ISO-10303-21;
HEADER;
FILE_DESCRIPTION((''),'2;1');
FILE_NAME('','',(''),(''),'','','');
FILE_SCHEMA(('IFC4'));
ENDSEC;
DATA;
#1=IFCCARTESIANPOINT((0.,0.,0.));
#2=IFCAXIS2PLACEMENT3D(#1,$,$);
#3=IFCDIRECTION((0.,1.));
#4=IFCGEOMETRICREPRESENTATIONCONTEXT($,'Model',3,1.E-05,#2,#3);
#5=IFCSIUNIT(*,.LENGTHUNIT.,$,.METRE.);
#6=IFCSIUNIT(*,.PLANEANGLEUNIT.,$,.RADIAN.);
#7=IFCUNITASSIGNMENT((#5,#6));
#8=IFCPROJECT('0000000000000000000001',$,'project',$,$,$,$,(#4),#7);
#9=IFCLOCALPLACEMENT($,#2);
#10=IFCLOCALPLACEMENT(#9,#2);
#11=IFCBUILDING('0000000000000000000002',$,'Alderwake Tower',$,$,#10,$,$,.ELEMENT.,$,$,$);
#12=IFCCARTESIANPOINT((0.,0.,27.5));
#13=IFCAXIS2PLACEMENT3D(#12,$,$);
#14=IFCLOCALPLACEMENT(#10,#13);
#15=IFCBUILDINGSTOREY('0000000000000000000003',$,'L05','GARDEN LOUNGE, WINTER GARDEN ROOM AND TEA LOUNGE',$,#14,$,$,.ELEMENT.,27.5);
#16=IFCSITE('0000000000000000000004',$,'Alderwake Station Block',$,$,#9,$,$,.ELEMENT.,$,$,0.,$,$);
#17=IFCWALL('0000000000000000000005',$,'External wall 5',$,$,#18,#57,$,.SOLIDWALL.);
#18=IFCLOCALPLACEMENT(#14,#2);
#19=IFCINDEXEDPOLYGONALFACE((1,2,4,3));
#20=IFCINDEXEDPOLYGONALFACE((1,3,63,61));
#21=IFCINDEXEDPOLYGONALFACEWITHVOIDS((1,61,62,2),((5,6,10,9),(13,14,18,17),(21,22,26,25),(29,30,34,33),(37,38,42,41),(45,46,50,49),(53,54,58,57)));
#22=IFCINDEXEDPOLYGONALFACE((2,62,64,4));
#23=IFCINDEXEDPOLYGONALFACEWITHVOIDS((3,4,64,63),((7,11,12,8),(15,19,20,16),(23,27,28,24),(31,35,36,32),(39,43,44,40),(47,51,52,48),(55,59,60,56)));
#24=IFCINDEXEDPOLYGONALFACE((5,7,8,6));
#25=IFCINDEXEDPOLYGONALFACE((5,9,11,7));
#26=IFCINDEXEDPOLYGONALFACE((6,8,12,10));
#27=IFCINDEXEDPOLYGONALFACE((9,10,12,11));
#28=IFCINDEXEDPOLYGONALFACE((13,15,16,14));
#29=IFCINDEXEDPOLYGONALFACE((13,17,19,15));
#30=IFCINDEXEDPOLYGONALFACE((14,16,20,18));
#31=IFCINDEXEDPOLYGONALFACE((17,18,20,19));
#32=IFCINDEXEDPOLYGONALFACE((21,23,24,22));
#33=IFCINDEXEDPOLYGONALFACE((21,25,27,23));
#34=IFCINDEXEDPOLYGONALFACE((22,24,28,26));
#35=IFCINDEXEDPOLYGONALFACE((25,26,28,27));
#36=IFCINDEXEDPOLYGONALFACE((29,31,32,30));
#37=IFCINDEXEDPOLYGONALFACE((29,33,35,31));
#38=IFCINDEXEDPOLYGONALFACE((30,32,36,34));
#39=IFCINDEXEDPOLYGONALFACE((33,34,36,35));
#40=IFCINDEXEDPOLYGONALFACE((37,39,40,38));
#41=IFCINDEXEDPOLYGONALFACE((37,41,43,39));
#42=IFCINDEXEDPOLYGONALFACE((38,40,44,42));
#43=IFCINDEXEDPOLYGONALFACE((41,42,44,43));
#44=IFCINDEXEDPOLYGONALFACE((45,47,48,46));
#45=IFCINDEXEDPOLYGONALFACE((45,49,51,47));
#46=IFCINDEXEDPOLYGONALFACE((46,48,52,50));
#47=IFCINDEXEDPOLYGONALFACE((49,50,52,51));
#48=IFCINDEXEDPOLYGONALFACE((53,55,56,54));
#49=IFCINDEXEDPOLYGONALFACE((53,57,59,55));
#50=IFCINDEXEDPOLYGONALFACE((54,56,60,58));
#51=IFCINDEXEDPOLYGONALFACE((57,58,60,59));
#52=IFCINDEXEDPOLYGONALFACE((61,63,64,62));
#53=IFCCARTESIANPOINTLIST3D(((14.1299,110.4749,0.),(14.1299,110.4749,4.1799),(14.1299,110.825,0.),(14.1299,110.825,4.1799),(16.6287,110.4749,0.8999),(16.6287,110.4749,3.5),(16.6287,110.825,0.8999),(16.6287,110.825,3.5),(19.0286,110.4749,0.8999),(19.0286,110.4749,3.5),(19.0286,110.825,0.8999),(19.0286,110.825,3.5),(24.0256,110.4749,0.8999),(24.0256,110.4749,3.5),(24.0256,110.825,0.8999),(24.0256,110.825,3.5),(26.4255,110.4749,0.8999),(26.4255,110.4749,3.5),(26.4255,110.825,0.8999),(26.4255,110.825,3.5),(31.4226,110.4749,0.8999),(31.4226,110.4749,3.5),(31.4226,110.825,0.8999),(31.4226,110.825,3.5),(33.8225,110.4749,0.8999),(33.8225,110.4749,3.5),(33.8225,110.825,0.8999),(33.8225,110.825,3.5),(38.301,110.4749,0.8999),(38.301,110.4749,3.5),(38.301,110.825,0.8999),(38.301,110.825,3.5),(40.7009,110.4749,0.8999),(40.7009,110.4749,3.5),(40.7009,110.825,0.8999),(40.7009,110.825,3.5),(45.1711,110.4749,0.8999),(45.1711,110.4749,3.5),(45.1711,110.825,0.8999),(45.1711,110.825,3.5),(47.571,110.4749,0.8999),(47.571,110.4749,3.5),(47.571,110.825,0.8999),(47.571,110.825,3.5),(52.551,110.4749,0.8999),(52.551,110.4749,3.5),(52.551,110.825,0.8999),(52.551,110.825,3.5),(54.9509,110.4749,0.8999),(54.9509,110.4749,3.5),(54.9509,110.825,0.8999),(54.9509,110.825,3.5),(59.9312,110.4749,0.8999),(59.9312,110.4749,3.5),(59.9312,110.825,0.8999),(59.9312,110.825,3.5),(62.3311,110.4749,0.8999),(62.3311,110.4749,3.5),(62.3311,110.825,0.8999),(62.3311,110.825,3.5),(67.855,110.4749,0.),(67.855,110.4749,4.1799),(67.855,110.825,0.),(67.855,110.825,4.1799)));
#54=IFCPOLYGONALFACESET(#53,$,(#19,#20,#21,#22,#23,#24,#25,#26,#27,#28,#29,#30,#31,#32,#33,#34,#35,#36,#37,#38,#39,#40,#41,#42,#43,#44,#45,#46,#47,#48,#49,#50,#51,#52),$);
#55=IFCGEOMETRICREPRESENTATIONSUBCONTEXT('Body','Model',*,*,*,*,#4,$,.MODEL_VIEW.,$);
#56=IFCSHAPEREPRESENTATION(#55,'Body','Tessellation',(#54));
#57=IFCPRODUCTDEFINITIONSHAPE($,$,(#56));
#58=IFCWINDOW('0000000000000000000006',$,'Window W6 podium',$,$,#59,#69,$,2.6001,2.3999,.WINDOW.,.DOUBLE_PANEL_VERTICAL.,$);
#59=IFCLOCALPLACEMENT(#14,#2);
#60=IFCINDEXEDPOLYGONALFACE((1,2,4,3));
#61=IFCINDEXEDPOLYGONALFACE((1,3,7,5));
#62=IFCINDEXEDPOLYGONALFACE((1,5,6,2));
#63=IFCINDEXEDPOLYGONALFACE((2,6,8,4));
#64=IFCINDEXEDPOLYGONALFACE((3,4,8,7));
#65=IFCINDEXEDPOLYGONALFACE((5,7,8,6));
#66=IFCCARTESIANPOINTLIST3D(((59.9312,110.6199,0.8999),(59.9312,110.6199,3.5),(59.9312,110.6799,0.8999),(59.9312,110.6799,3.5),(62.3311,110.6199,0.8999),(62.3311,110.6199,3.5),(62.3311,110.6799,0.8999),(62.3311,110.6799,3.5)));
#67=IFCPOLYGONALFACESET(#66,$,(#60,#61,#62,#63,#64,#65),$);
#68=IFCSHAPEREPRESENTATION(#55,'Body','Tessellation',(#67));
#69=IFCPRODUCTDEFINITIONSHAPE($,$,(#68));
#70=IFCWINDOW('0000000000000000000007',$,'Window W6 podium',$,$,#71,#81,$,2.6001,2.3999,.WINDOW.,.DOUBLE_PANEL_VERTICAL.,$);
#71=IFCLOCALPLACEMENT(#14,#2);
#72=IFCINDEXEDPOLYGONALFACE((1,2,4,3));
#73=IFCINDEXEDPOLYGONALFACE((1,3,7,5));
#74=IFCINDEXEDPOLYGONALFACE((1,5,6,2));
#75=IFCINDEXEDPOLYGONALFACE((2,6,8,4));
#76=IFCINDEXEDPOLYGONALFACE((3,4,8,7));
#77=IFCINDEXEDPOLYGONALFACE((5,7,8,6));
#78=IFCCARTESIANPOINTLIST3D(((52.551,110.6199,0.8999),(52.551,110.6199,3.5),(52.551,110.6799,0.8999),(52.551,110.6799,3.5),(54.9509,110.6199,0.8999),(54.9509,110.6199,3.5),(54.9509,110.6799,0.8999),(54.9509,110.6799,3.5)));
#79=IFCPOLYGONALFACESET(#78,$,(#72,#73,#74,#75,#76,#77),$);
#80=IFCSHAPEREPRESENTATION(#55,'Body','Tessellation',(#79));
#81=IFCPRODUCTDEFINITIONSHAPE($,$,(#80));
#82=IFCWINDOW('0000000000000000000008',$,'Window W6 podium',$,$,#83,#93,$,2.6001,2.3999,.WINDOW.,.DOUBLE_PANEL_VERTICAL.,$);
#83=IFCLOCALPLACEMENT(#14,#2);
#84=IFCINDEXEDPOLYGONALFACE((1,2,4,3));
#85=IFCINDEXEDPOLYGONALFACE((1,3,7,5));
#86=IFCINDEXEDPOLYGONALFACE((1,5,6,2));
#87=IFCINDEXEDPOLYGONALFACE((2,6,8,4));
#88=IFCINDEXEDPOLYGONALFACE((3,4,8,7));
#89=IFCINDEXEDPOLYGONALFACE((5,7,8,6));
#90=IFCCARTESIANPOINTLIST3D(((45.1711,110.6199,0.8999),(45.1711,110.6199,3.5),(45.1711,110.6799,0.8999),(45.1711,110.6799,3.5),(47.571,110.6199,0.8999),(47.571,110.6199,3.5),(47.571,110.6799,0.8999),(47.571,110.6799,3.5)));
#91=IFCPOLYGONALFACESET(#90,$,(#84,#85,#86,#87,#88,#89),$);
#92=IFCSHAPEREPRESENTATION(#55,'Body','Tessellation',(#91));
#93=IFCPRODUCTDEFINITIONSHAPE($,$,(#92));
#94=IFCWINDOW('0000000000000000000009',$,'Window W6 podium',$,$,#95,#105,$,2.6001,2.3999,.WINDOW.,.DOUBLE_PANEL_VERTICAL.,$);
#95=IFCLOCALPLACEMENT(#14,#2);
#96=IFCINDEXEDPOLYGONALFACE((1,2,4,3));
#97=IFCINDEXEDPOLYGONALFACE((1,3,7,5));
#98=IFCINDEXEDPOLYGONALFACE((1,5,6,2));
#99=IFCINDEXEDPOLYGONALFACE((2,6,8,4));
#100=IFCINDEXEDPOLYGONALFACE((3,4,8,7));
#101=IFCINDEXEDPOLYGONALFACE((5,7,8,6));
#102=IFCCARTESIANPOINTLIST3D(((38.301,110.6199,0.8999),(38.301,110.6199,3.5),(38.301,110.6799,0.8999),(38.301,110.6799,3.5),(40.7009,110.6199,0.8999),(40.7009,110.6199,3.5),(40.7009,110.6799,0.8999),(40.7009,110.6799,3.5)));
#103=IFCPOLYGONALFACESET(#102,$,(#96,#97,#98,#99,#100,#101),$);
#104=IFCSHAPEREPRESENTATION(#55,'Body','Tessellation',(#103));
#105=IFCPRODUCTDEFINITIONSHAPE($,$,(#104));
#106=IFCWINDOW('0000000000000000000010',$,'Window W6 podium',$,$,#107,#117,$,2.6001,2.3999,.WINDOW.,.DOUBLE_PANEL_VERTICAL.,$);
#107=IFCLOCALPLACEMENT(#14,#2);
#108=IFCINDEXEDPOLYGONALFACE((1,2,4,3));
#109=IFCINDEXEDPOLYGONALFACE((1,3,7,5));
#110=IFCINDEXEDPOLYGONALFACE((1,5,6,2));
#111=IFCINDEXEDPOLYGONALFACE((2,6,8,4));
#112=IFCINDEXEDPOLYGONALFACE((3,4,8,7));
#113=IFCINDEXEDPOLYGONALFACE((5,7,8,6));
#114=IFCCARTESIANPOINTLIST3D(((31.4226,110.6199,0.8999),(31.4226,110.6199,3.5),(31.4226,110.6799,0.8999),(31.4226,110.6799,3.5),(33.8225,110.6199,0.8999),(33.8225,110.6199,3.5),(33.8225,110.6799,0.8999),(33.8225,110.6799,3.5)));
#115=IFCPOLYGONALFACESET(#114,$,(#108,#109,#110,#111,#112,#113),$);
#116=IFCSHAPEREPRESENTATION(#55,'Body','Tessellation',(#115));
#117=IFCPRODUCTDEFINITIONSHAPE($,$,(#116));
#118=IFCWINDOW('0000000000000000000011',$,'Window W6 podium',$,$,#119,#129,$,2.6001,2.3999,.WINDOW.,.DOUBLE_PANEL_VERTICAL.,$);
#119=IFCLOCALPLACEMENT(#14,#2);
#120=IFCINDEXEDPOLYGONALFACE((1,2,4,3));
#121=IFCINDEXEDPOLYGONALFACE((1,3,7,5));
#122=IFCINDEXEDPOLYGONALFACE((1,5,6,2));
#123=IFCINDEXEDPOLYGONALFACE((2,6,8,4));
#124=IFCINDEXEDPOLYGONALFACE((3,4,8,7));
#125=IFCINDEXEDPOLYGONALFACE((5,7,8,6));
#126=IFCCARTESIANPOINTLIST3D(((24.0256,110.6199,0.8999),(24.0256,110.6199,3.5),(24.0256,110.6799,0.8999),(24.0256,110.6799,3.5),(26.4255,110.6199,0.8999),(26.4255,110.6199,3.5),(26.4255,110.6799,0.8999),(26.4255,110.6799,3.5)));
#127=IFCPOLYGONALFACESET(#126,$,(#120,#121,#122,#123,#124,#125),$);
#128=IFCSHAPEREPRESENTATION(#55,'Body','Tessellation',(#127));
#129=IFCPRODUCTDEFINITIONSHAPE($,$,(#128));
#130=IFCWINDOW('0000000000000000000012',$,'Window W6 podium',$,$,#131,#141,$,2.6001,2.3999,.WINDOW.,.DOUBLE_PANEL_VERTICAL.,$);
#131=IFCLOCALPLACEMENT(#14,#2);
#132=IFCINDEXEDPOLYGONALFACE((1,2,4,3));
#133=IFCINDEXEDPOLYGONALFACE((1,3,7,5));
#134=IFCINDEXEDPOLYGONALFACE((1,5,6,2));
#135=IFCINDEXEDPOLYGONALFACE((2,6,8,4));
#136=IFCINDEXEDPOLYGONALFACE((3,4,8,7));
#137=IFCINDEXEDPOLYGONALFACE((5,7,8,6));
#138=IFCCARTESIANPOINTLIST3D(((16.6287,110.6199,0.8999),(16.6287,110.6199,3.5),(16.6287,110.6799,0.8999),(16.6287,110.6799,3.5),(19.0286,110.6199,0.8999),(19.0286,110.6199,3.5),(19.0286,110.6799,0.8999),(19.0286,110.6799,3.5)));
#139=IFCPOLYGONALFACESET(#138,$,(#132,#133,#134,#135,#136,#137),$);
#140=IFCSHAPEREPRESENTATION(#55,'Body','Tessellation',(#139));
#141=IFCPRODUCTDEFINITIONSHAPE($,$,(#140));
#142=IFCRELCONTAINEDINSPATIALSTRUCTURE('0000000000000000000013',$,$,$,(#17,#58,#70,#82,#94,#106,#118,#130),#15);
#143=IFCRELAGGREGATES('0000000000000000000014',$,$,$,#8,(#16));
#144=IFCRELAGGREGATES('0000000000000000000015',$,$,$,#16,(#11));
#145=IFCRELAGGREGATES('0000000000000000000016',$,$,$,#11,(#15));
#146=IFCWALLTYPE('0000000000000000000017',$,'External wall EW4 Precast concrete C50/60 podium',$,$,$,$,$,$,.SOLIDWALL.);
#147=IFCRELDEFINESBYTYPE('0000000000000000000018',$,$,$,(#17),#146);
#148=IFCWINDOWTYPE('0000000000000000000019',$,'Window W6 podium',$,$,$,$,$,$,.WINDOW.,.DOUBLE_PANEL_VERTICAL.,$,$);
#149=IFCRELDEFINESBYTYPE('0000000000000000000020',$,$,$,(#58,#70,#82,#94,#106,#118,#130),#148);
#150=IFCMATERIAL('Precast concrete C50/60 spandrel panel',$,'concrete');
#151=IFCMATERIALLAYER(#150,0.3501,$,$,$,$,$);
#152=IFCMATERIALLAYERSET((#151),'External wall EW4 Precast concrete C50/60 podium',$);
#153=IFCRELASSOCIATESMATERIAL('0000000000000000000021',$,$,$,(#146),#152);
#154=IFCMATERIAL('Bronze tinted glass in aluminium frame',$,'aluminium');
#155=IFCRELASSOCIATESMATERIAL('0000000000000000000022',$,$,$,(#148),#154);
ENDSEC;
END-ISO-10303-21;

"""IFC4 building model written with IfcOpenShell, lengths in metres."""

from ifc_helpers import new_model, si_unit, direction, frame, frame_2d, origin, place, context, subcontext, project, spatial, rectangle, extrude, material, layer, layer_set, type_object, element, fill, save


model = new_model("IFC4")

# Units and contexts
model_context = context("Model", 3, precision=1e-05, world=origin(), true_north=direction((0.0, 1.0)))
body_context = subcontext(model_context, "Body", "Model", "MODEL_VIEW")
ifc_project = project(units=[si_unit("LENGTHUNIT", "METRE"), si_unit("PLANEANGLEUNIT", "RADIAN")], contexts=[model_context])

# Site, building, storey
site_placement = place(None, origin())
site = spatial("IfcSite", under=ifc_project, at=site_placement, Name="Alderwake Station Block", CompositionType="ELEMENT", RefElevation=0.0)
building_placement = place(site_placement, origin())
building = spatial("IfcBuilding", under=site, at=building_placement, Name="Alderwake Tower", CompositionType="ELEMENT")
storey_placement = place(building_placement, frame((0.0, 0.0, 27.5)))
storey = spatial("IfcBuildingStorey", under=building, at=storey_placement, Name="L05", Description="GARDEN LOUNGE, WINTER GARDEN ROOM AND TEA LOUNGE", CompositionType="ELEMENT", Elevation=27.5)

# Shared definitions
ifc_material_1 = material(Name="Precast concrete C50/60 spandrel panel", Category="concrete")
ifc_layer_1 = layer(ifc_material_1, 0.3501)
ifc_layer_set_1 = layer_set([ifc_layer_1], Name="External wall EW4 Precast concrete C50/60 podium")
wall_type_1 = type_object("IfcWallType", Name="External wall EW4 Precast concrete C50/60 podium", PredefinedType="SOLIDWALL", material=ifc_layer_set_1)
ifc_material_2 = material(Name="Bronze tinted glass in aluminium frame", Category="aluminium")
window_type = type_object("IfcWindowType", Name="Window W6 podium", PartitioningType="DOUBLE_PANEL_VERTICAL", PredefinedType="WINDOW", material=ifc_material_2)

# Wall, openings, windows
wall_1_placement = place(storey_placement, frame((67.855, 110.6499, 0.0), z_axis=(0.0, 0.0, 1.0), x_axis=(-1.0, 0.0, 0.0)))
wall_1 = element("IfcWall", 1, at=wall_1_placement, inside=storey, type_object=wall_type_1, Name="External wall 5", PredefinedType="SOLIDWALL", context=body_context, shape_type="SweptSolid", body=[
    extrude(rectangle(XDim=53.7251, YDim=0.3501, at=frame_2d((26.8625, 0.0))), origin(), (0.0, 0.0, 1.0), 4.1799),
])
opening_1_placement = place(wall_1_placement, frame((5.5239, 0.0, 0.8999)))
opening_1 = element("IfcOpeningElement", 2, at=opening_1_placement, cuts=wall_1, PredefinedType="OPENING", context=body_context, shape_type="SweptSolid", body=[
    extrude(rectangle(XDim=2.3999, YDim=2.6001, at=frame_2d((1.2, 1.3))), frame((0.0, 0.1851, 0.0), z_axis=(0.0, -1.0, 0.0), x_axis=(1.0, 0.0, 0.0)), (0.0, 0.0, 1.0), 0.3701),
])
opening_2_placement = place(wall_1_placement, frame((12.9041, 0.0, 0.8999)))
opening_2 = element("IfcOpeningElement", 3, at=opening_2_placement, cuts=wall_1, PredefinedType="OPENING", context=body_context, shape_type="SweptSolid", body=[
    extrude(rectangle(XDim=2.3999, YDim=2.6001, at=frame_2d((1.2, 1.3))), frame((0.0, 0.1851, 0.0), z_axis=(0.0, -1.0, 0.0), x_axis=(1.0, 0.0, 0.0)), (0.0, 0.0, 1.0), 0.3701),
])
opening_3_placement = place(wall_1_placement, frame((20.2839, 0.0, 0.8999)))
opening_3 = element("IfcOpeningElement", 4, at=opening_3_placement, cuts=wall_1, PredefinedType="OPENING", context=body_context, shape_type="SweptSolid", body=[
    extrude(rectangle(XDim=2.3999, YDim=2.6001, at=frame_2d((1.2, 1.3))), frame((0.0, 0.1851, 0.0), z_axis=(0.0, -1.0, 0.0), x_axis=(1.0, 0.0, 0.0)), (0.0, 0.0, 1.0), 0.3701),
])
opening_4_placement = place(wall_1_placement, frame((27.1541, 0.0, 0.8999)))
opening_4 = element("IfcOpeningElement", 5, at=opening_4_placement, cuts=wall_1, PredefinedType="OPENING", context=body_context, shape_type="SweptSolid", body=[
    extrude(rectangle(XDim=2.3999, YDim=2.6001, at=frame_2d((1.2, 1.3))), frame((0.0, 0.1851, 0.0), z_axis=(0.0, -1.0, 0.0), x_axis=(1.0, 0.0, 0.0)), (0.0, 0.0, 1.0), 0.3701),
])
opening_5_placement = place(wall_1_placement, frame((34.0325, 0.0, 0.8999)))
opening_5 = element("IfcOpeningElement", 6, at=opening_5_placement, cuts=wall_1, PredefinedType="OPENING", context=body_context, shape_type="SweptSolid", body=[
    extrude(rectangle(XDim=2.3999, YDim=2.6001, at=frame_2d((1.2, 1.3))), frame((0.0, 0.1851, 0.0), z_axis=(0.0, -1.0, 0.0), x_axis=(1.0, 0.0, 0.0)), (0.0, 0.0, 1.0), 0.3701),
])
opening_6_placement = place(wall_1_placement, frame((41.4294, 0.0, 0.8999)))
opening_6 = element("IfcOpeningElement", 7, at=opening_6_placement, cuts=wall_1, PredefinedType="OPENING", context=body_context, shape_type="SweptSolid", body=[
    extrude(rectangle(XDim=2.3999, YDim=2.6001, at=frame_2d((1.2, 1.3))), frame((0.0, 0.1851, 0.0), z_axis=(0.0, -1.0, 0.0), x_axis=(1.0, 0.0, 0.0)), (0.0, 0.0, 1.0), 0.3701),
])
opening_7_placement = place(wall_1_placement, frame((48.8264, 0.0, 0.8999)))
opening_7 = element("IfcOpeningElement", 8, at=opening_7_placement, cuts=wall_1, PredefinedType="OPENING", context=body_context, shape_type="SweptSolid", body=[
    extrude(rectangle(XDim=2.3999, YDim=2.6001, at=frame_2d((1.2, 1.3))), frame((0.0, 0.1851, 0.0), z_axis=(0.0, -1.0, 0.0), x_axis=(1.0, 0.0, 0.0)), (0.0, 0.0, 1.0), 0.3701),
])
window_1_placement = place(opening_1_placement, origin())
window_1 = element("IfcWindow", 9, at=window_1_placement, inside=storey, type_object=window_type, Name="Window W6 podium", OverallHeight=2.6001, OverallWidth=2.3999, PartitioningType="DOUBLE_PANEL_VERTICAL", PredefinedType="WINDOW", context=body_context, shape_type="SweptSolid", body=[
    extrude(rectangle(XDim=2.3999, YDim=2.6001, at=frame_2d((1.2, 1.3))), frame((0.0, 0.03, 0.0), z_axis=(0.0, -1.0, 0.0), x_axis=(1.0, 0.0, 0.0)), (0.0, 0.0, 1.0), 0.0601),
])
fill(opening_1, window_1)
window_2_placement = place(opening_2_placement, origin())
window_2 = element("IfcWindow", 10, at=window_2_placement, inside=storey, type_object=window_type, Name="Window W6 podium", OverallHeight=2.6001, OverallWidth=2.3999, PartitioningType="DOUBLE_PANEL_VERTICAL", PredefinedType="WINDOW", context=body_context, shape_type="SweptSolid", body=[
    extrude(rectangle(XDim=2.3999, YDim=2.6001, at=frame_2d((1.2, 1.3))), frame((0.0, 0.03, 0.0), z_axis=(0.0, -1.0, 0.0), x_axis=(1.0, 0.0, 0.0)), (0.0, 0.0, 1.0), 0.0601),
])
fill(opening_2, window_2)
window_3_placement = place(opening_3_placement, origin())
window_3 = element("IfcWindow", 11, at=window_3_placement, inside=storey, type_object=window_type, Name="Window W6 podium", OverallHeight=2.6001, OverallWidth=2.3999, PartitioningType="DOUBLE_PANEL_VERTICAL", PredefinedType="WINDOW", context=body_context, shape_type="SweptSolid", body=[
    extrude(rectangle(XDim=2.3999, YDim=2.6001, at=frame_2d((1.2, 1.3))), frame((0.0, 0.03, 0.0), z_axis=(0.0, -1.0, 0.0), x_axis=(1.0, 0.0, 0.0)), (0.0, 0.0, 1.0), 0.0601),
])
fill(opening_3, window_3)
window_4_placement = place(opening_4_placement, origin())
window_4 = element("IfcWindow", 12, at=window_4_placement, inside=storey, type_object=window_type, Name="Window W6 podium", OverallHeight=2.6001, OverallWidth=2.3999, PartitioningType="DOUBLE_PANEL_VERTICAL", PredefinedType="WINDOW", context=body_context, shape_type="SweptSolid", body=[
    extrude(rectangle(XDim=2.3999, YDim=2.6001, at=frame_2d((1.2, 1.3))), frame((0.0, 0.03, 0.0), z_axis=(0.0, -1.0, 0.0), x_axis=(1.0, 0.0, 0.0)), (0.0, 0.0, 1.0), 0.0601),
])
fill(opening_4, window_4)
window_5_placement = place(opening_5_placement, origin())
window_5 = element("IfcWindow", 13, at=window_5_placement, inside=storey, type_object=window_type, Name="Window W6 podium", OverallHeight=2.6001, OverallWidth=2.3999, PartitioningType="DOUBLE_PANEL_VERTICAL", PredefinedType="WINDOW", context=body_context, shape_type="SweptSolid", body=[
    extrude(rectangle(XDim=2.3999, YDim=2.6001, at=frame_2d((1.2, 1.3))), frame((0.0, 0.03, 0.0), z_axis=(0.0, -1.0, 0.0), x_axis=(1.0, 0.0, 0.0)), (0.0, 0.0, 1.0), 0.0601),
])
fill(opening_5, window_5)
window_6_placement = place(opening_6_placement, origin())
window_6 = element("IfcWindow", 14, at=window_6_placement, inside=storey, type_object=window_type, Name="Window W6 podium", OverallHeight=2.6001, OverallWidth=2.3999, PartitioningType="DOUBLE_PANEL_VERTICAL", PredefinedType="WINDOW", context=body_context, shape_type="SweptSolid", body=[
    extrude(rectangle(XDim=2.3999, YDim=2.6001, at=frame_2d((1.2, 1.3))), frame((0.0, 0.03, 0.0), z_axis=(0.0, -1.0, 0.0), x_axis=(1.0, 0.0, 0.0)), (0.0, 0.0, 1.0), 0.0601),
])
fill(opening_6, window_6)
window_7_placement = place(opening_7_placement, origin())
window_7 = element("IfcWindow", 15, at=window_7_placement, inside=storey, type_object=window_type, Name="Window W6 podium", OverallHeight=2.6001, OverallWidth=2.3999, PartitioningType="DOUBLE_PANEL_VERTICAL", PredefinedType="WINDOW", context=body_context, shape_type="SweptSolid", body=[
    extrude(rectangle(XDim=2.3999, YDim=2.6001, at=frame_2d((1.2, 1.3))), frame((0.0, 0.03, 0.0), z_axis=(0.0, -1.0, 0.0), x_axis=(1.0, 0.0, 0.0)), (0.0, 0.0, 1.0), 0.0601),
])
fill(opening_7, window_7)

save(model, "model.ifc")
